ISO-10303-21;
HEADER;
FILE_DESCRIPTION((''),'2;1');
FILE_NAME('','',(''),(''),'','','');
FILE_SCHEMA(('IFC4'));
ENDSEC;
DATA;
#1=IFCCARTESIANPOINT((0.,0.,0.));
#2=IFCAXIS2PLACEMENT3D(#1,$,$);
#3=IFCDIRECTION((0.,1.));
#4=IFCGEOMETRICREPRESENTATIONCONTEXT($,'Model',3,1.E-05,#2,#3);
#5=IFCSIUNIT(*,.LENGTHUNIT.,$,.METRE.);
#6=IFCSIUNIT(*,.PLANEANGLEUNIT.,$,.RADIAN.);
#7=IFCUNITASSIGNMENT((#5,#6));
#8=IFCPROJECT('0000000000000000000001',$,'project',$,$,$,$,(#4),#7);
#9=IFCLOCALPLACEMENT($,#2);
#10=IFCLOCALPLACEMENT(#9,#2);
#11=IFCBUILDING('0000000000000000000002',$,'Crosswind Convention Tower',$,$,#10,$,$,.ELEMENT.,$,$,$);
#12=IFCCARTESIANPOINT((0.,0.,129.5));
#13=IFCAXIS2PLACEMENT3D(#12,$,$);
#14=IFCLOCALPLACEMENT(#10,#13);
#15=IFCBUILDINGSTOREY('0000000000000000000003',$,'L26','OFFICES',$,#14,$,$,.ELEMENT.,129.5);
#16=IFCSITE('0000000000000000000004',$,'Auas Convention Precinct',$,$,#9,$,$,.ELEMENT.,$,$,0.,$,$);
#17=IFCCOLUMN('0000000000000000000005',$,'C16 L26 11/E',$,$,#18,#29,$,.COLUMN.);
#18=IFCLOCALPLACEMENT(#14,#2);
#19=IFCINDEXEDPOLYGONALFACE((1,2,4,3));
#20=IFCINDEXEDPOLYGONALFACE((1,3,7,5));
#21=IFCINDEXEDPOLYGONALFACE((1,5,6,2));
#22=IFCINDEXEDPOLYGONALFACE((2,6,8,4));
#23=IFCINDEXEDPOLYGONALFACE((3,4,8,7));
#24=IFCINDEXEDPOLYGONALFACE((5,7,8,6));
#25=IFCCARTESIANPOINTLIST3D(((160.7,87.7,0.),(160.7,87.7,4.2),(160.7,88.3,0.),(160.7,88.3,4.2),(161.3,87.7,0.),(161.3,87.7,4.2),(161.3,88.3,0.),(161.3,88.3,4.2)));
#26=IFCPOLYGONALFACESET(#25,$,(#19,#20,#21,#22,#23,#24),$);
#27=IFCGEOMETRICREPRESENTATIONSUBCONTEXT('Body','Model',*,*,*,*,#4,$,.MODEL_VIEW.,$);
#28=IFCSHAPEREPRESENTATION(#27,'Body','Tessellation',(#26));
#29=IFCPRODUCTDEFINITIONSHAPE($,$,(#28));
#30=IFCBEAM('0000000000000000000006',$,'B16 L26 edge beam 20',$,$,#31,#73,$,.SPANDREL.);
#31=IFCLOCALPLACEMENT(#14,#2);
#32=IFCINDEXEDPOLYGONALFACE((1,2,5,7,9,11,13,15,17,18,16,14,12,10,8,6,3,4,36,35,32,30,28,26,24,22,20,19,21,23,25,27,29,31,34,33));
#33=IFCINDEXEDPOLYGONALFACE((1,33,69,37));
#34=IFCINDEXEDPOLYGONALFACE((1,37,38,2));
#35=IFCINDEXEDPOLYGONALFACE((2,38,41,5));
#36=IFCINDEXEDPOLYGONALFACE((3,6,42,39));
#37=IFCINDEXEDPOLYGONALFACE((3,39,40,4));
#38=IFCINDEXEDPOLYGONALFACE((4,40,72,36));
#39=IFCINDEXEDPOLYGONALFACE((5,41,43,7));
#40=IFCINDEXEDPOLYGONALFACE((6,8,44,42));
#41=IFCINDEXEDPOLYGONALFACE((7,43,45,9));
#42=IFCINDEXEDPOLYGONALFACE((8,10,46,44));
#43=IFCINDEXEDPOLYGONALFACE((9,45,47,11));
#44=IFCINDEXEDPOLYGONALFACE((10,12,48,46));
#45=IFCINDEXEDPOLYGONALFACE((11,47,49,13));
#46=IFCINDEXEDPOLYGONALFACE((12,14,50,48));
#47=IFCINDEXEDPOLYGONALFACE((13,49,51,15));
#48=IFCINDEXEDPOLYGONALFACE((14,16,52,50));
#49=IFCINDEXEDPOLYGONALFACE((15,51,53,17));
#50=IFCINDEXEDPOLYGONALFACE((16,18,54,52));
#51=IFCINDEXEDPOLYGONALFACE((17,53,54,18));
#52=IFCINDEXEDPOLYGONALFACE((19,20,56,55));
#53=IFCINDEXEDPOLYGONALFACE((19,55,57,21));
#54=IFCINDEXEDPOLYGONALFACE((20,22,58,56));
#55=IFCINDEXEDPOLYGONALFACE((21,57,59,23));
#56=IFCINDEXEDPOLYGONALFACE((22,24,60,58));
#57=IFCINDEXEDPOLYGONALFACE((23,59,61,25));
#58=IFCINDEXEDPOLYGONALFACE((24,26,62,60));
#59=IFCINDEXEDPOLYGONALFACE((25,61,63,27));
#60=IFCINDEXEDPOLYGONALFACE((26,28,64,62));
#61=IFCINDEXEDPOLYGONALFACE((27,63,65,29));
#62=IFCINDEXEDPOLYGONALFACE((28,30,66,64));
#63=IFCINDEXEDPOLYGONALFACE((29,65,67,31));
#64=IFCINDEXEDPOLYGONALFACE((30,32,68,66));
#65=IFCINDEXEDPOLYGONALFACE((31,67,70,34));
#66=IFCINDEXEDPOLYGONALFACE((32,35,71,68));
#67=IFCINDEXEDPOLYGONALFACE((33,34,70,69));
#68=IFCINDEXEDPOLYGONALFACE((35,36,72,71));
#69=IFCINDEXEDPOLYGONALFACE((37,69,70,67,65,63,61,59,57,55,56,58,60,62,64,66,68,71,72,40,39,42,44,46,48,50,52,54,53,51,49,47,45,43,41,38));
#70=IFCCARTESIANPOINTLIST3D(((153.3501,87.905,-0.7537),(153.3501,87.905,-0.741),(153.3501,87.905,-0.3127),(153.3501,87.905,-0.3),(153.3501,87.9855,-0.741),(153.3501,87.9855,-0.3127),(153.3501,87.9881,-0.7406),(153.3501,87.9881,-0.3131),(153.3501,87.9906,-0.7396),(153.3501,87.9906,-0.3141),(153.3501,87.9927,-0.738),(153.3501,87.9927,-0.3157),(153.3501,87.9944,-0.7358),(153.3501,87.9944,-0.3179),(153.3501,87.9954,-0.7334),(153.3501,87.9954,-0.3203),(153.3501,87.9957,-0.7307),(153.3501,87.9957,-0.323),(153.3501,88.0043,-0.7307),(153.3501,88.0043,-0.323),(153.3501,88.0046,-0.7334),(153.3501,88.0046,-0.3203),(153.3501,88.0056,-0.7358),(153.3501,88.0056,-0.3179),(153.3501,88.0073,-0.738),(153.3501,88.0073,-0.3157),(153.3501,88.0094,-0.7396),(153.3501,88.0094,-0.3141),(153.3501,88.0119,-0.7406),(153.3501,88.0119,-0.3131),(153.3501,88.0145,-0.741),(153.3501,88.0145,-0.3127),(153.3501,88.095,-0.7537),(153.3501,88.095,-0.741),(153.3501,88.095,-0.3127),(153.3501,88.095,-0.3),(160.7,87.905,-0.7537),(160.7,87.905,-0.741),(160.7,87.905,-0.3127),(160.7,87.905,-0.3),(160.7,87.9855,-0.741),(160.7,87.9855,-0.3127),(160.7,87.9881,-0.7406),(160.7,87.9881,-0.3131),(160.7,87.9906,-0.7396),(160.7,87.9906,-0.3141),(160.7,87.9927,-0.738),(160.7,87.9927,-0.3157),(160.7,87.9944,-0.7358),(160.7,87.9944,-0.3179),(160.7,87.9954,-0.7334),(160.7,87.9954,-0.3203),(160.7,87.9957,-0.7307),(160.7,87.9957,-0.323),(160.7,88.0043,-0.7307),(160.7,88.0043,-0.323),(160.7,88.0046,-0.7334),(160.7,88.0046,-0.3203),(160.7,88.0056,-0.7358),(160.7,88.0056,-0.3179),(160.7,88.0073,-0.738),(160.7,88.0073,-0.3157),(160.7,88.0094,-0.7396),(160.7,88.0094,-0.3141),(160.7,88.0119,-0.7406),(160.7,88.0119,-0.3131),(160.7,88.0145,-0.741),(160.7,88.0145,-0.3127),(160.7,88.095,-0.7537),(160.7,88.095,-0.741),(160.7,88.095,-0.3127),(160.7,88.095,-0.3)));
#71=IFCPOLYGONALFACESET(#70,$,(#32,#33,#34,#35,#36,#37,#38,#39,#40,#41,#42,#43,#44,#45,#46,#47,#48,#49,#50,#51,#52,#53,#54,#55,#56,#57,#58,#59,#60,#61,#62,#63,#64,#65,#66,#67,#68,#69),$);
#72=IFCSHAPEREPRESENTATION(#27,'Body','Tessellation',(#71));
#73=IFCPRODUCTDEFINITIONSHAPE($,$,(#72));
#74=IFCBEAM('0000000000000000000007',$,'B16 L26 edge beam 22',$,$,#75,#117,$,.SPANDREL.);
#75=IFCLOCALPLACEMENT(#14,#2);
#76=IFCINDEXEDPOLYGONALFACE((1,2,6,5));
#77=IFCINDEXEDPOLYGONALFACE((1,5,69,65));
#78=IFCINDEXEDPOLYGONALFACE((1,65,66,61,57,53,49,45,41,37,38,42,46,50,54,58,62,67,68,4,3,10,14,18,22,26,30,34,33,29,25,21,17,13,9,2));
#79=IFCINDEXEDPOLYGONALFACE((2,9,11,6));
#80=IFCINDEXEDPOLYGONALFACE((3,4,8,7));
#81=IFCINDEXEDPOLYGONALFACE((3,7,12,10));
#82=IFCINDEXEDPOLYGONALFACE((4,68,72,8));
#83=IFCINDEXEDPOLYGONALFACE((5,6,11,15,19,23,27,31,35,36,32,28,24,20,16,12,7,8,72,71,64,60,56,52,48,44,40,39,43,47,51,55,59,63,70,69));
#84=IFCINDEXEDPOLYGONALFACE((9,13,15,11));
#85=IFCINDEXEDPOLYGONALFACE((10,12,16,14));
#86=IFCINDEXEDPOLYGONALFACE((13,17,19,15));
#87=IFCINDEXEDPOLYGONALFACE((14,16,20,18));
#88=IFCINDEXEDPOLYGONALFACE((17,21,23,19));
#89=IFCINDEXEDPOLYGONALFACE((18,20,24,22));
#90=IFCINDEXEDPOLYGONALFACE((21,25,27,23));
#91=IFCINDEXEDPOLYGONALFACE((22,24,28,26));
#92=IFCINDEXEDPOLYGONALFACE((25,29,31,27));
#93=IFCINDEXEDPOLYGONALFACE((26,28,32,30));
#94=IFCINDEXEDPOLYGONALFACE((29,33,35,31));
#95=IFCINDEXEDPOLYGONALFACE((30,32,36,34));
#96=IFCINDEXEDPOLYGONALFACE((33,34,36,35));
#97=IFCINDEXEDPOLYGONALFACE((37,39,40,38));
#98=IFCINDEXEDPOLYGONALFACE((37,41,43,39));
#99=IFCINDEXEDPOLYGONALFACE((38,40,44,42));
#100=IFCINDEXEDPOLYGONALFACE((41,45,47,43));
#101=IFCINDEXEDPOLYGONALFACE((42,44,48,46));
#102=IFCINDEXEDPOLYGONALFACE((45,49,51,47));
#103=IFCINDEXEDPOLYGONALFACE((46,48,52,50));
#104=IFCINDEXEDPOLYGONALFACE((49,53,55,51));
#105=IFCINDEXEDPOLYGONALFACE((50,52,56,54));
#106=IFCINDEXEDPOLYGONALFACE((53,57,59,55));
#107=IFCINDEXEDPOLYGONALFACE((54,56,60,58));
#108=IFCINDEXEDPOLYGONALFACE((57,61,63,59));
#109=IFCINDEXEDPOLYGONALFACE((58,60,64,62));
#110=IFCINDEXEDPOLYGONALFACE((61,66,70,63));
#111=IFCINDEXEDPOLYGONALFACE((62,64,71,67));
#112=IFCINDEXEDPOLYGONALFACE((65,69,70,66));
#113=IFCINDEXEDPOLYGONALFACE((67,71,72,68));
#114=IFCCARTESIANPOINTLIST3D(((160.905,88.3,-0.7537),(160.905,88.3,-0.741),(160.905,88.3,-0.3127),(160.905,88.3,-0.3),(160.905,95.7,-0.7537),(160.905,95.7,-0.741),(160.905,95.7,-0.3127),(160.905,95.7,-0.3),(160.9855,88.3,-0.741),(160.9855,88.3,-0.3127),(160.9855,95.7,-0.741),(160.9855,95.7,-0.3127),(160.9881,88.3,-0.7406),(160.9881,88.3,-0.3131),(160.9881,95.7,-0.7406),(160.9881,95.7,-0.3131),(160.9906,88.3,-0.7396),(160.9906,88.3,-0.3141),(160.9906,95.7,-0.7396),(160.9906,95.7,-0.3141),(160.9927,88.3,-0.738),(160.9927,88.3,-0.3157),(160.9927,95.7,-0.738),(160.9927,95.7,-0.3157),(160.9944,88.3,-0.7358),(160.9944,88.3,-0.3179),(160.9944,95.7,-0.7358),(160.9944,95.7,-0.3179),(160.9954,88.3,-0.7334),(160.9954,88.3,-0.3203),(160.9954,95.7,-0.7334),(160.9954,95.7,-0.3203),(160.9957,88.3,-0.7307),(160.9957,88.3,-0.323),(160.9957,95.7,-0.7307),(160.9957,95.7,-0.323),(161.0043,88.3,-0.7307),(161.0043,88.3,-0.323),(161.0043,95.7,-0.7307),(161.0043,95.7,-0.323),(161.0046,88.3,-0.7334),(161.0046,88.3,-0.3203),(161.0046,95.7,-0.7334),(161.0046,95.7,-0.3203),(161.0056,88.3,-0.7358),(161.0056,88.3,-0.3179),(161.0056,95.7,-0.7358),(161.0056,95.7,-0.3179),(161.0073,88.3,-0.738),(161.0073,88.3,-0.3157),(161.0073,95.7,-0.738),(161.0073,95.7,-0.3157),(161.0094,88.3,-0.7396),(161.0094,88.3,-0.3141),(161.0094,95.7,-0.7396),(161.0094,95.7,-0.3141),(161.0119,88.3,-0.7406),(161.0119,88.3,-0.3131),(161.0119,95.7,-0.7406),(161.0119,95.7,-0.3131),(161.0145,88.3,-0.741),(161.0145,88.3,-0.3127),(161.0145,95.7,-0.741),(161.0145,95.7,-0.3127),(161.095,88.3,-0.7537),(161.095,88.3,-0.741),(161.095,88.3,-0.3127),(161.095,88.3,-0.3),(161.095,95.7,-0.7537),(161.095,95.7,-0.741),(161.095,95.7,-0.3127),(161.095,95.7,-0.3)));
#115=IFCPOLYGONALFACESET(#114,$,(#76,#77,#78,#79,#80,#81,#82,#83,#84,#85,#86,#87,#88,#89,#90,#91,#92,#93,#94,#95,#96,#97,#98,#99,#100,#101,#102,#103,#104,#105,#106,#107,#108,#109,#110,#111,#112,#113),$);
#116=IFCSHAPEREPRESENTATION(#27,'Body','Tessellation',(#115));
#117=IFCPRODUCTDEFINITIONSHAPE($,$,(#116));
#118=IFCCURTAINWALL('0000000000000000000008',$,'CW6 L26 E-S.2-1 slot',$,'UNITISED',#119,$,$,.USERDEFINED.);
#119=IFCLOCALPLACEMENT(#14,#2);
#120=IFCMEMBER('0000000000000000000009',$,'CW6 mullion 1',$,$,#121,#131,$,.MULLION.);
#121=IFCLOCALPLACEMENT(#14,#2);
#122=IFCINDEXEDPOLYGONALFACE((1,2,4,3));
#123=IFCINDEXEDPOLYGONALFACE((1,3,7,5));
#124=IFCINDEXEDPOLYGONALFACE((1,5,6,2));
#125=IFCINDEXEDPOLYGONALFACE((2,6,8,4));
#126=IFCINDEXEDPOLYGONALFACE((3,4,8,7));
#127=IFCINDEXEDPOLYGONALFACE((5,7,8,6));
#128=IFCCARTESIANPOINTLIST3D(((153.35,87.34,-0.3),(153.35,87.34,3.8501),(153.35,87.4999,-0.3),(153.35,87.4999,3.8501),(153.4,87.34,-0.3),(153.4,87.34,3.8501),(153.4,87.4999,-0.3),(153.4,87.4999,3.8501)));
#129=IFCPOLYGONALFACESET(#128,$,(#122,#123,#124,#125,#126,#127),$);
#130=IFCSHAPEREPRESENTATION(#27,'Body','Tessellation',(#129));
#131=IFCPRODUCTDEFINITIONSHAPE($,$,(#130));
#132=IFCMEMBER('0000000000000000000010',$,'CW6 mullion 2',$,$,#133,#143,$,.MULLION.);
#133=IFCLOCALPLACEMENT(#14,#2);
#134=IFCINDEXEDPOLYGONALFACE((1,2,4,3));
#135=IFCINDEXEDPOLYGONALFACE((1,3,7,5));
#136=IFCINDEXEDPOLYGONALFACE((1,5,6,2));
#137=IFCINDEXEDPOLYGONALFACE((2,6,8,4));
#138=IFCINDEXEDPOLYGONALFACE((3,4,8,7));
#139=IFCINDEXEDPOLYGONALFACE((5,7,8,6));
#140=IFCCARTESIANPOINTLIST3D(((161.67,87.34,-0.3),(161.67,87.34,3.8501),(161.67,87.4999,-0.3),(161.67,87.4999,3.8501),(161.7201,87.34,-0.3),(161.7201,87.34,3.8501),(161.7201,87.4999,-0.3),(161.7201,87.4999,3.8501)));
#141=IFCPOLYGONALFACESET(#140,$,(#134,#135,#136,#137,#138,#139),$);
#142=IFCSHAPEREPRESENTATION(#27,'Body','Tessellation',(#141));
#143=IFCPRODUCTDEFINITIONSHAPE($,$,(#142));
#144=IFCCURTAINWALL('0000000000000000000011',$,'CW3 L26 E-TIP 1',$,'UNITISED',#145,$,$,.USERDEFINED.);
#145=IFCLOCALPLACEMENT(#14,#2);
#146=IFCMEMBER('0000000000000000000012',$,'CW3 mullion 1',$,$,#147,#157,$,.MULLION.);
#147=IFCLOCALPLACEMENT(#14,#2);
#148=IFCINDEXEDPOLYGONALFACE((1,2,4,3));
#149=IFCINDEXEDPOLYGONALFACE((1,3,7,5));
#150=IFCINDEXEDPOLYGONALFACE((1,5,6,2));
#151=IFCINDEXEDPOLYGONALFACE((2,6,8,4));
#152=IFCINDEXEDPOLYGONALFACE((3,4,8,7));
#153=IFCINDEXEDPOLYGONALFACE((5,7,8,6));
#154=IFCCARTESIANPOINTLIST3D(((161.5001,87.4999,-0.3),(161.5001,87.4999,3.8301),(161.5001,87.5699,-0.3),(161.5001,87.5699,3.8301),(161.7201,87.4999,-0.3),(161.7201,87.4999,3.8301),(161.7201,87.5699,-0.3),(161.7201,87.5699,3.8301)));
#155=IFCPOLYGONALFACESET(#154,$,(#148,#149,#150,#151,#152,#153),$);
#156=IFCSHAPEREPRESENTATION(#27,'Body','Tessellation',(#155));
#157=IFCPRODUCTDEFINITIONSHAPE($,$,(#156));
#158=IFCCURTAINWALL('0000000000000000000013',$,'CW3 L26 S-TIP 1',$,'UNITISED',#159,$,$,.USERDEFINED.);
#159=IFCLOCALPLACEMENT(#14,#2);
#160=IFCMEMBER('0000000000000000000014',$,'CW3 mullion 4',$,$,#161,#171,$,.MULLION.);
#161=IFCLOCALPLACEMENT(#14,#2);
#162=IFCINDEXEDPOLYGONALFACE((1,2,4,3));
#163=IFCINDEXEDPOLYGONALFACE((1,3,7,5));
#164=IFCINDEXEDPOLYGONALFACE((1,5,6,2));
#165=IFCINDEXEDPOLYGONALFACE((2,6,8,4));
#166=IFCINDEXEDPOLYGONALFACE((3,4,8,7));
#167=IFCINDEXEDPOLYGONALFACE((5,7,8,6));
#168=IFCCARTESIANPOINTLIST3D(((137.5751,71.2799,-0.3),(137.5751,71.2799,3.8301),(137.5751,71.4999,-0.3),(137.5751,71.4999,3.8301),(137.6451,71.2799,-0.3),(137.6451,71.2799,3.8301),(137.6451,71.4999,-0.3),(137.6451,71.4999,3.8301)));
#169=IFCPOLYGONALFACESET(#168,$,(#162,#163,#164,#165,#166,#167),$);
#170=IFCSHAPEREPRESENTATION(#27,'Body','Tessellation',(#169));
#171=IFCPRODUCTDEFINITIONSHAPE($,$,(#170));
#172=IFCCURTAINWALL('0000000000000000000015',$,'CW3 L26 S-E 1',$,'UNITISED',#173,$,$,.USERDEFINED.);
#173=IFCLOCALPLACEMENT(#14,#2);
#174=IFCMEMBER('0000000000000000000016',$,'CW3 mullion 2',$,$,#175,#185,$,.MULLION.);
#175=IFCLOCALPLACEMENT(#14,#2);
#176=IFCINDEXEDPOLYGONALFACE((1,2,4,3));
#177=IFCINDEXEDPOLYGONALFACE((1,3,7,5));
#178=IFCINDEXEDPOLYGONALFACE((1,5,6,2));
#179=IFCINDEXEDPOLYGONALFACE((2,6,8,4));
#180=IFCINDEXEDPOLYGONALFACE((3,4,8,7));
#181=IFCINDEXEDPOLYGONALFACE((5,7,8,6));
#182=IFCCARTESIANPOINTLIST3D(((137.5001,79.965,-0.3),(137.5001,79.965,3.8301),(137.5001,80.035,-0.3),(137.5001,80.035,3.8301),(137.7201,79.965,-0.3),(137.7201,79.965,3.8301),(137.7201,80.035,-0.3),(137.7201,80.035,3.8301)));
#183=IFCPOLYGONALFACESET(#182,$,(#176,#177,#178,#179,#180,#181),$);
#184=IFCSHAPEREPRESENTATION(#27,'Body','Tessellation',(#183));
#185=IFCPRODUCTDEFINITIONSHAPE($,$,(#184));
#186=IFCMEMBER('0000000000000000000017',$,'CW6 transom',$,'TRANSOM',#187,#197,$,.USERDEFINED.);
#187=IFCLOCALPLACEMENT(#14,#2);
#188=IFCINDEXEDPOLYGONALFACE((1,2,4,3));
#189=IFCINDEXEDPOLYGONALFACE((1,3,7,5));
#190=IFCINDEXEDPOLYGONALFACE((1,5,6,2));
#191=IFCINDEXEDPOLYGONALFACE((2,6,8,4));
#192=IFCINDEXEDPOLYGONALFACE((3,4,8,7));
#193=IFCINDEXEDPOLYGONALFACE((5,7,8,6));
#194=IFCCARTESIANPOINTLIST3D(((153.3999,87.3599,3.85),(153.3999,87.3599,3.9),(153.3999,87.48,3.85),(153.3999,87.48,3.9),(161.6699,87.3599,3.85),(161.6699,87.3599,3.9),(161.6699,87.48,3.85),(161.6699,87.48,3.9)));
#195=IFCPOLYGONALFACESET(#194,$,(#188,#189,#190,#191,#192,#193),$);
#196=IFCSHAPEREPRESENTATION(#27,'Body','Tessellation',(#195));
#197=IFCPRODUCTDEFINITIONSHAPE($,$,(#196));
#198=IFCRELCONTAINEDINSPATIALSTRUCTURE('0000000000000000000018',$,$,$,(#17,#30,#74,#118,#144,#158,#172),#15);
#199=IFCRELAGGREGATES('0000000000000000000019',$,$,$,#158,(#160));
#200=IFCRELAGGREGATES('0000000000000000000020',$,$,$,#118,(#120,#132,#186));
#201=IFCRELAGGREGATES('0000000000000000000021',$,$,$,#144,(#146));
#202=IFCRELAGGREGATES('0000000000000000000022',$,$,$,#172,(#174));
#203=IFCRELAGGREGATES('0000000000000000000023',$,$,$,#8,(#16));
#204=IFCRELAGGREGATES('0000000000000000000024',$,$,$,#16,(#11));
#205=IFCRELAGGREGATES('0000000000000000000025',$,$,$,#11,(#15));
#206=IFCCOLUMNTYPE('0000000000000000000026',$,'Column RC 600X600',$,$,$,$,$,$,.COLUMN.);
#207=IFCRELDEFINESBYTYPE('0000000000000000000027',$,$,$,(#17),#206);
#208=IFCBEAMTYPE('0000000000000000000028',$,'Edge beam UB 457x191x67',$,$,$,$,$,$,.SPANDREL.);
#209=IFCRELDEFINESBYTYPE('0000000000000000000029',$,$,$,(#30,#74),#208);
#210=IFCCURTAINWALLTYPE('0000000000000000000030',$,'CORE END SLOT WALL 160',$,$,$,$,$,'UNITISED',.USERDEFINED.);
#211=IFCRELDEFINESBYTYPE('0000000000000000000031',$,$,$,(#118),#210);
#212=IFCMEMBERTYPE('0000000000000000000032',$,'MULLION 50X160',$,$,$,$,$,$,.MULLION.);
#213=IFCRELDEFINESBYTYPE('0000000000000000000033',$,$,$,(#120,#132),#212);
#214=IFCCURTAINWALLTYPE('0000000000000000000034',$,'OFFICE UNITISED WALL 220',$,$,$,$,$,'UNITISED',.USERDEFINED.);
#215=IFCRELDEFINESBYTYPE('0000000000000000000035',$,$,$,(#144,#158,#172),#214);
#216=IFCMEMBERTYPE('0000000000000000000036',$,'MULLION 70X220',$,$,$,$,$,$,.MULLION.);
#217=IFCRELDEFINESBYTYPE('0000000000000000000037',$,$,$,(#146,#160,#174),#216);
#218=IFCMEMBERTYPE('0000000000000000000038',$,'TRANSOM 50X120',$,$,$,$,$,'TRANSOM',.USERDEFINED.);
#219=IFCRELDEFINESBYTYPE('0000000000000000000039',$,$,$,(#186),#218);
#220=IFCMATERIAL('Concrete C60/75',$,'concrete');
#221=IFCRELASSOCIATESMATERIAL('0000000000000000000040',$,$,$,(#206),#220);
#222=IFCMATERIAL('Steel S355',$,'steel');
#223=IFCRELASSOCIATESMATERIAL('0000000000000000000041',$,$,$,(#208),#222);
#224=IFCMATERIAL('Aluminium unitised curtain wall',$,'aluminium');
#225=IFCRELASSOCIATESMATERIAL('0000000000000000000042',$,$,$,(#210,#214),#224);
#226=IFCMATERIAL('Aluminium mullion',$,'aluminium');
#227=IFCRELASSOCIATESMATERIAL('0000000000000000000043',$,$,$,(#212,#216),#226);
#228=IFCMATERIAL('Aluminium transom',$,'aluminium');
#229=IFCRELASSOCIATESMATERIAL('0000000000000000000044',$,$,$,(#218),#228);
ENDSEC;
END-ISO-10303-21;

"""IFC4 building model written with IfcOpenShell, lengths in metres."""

from ifc_helpers import new_model, si_unit, direction, frame, origin, origin_2d, place, context, subcontext, project, spatial, rectangle, i_section, extrude, material, material_profile, profile_set, type_object, element, aggregate, save


model = new_model("IFC4")

# Units and contexts
model_context = context("Model", 3, precision=1e-05, world=origin(), true_north=direction((0.0, 1.0)))
body_context = subcontext(model_context, "Body", "Model", "MODEL_VIEW")
ifc_project = project(units=[si_unit("LENGTHUNIT", "METRE"), si_unit("PLANEANGLEUNIT", "RADIAN")], contexts=[model_context])

# Site, building, storey
site_placement = place(None, origin())
site = spatial("IfcSite", under=ifc_project, at=site_placement, Name="Auas Convention Precinct", CompositionType="ELEMENT", RefElevation=0.0)
building_placement = place(site_placement, origin())
building = spatial("IfcBuilding", under=site, at=building_placement, Name="Crosswind Convention Tower", CompositionType="ELEMENT")
storey_placement = place(building_placement, frame((0.0, 0.0, 129.5)))
storey = spatial("IfcBuildingStorey", under=building, at=storey_placement, Name="L26", Description="OFFICES", CompositionType="ELEMENT", Elevation=129.5)

# Column
ifc_material_1 = material(Name="Concrete C60/75", Category="concrete")
ifc_material_profile_1 = material_profile(ifc_material_1, rectangle(XDim=0.6001, YDim=0.6001, at=origin_2d()), Name="RC 600X600")
ifc_profile_set_1 = profile_set([ifc_material_profile_1], Name="Concrete C60/75")
column_type = type_object("IfcColumnType", Name="Column RC 600X600", PredefinedType="COLUMN", material=ifc_profile_set_1)
column_placement = place(storey_placement, frame((161.0, 88.0, 0.0), z_axis=(0.0, 0.0, 1.0), x_axis=(1.0, 0.0, 0.0)))
element("IfcColumn", 1, at=column_placement, inside=storey, type_object=column_type, Name="C16 L26 11/E", PredefinedType="COLUMN", context=body_context, shape_type="SweptSolid", body=[
    extrude(rectangle(XDim=0.6001, YDim=0.6001, at=origin_2d()), origin(), (0.0, 0.0, 1.0), 4.2),
])

# Beams
ifc_material_2 = material(Name="Steel S355", Category="steel")
ifc_material_profile_2 = material_profile(ifc_material_2, i_section(OverallWidth=0.1899, OverallDepth=0.4536, WebThickness=0.0085, FlangeThickness=0.0127, FilletRadius=0.0103, at=origin_2d()), Name="UB 457x191x67")
ifc_profile_set_2 = profile_set([ifc_material_profile_2], Name="Steel S355")
beam_type = type_object("IfcBeamType", Name="Edge beam UB 457x191x67", PredefinedType="SPANDREL", material=ifc_profile_set_2)
beam_1_placement = place(storey_placement, frame((153.3501, 88.0, -0.5269), z_axis=(1.0, 0.0, 0.0), x_axis=(0.0, 1.0, 0.0)))
element("IfcBeam", 2, at=beam_1_placement, inside=storey, type_object=beam_type, Name="B16 L26 edge beam 20", PredefinedType="SPANDREL", context=body_context, shape_type="SweptSolid", body=[
    extrude(i_section(OverallWidth=0.1899, OverallDepth=0.4536, WebThickness=0.0085, FlangeThickness=0.0127, FilletRadius=0.0103, at=origin_2d()), origin(), (0.0, 0.0, 1.0), 7.3499),
])
beam_2_placement = place(storey_placement, frame((161.0, 88.3, -0.5269), z_axis=(0.0, 1.0, 0.0), x_axis=(-1.0, 0.0, 0.0)))
element("IfcBeam", 3, at=beam_2_placement, inside=storey, type_object=beam_type, Name="B16 L26 edge beam 22", PredefinedType="SPANDREL", context=body_context, shape_type="SweptSolid", body=[
    extrude(i_section(OverallWidth=0.1899, OverallDepth=0.4536, WebThickness=0.0085, FlangeThickness=0.0127, FilletRadius=0.0103, at=origin_2d()), origin(), (0.0, 0.0, 1.0), 7.3999),
])

# Curtain wall, members
ifc_material_3 = material(Name="Aluminium unitised curtain wall", Category="aluminium")
curtain_wall_type_1 = type_object("IfcCurtainWallType", Name="CORE END SLOT WALL 160", ElementType="UNITISED", PredefinedType="USERDEFINED", material=ifc_material_3)
curtain_wall_1_placement = place(storey_placement, origin())
curtain_wall_1 = element("IfcCurtainWall", 4, at=curtain_wall_1_placement, inside=storey, type_object=curtain_wall_type_1, Name="CW6 L26 E-S.2-1 slot", ObjectType="UNITISED", PredefinedType="USERDEFINED")
ifc_material_4 = material(Name="Aluminium mullion", Category="aluminium")
ifc_material_profile_3 = material_profile(ifc_material_4, rectangle(XDim=0.1599, YDim=0.05, at=origin_2d()), Name="AL 160X50")
ifc_profile_set_3 = profile_set([ifc_material_profile_3], Name="Aluminium mullion")
member_type_1 = type_object("IfcMemberType", Name="MULLION 50X160", PredefinedType="MULLION", material=ifc_profile_set_3)
member_1_placement = place(storey_placement, frame((153.375, 87.4199, -0.3), z_axis=(0.0, 0.0, 1.0), x_axis=(0.0, -1.0, 0.0)))
member_1 = element("IfcMember", 5, at=member_1_placement, type_object=member_type_1, Name="CW6 mullion 1", PredefinedType="MULLION", context=body_context, shape_type="SweptSolid", body=[
    extrude(rectangle(XDim=0.1599, YDim=0.05, at=origin_2d()), origin(), (0.0, 0.0, 1.0), 4.1501),
])
member_2_placement = place(storey_placement, frame((161.6951, 87.4199, -0.3), z_axis=(0.0, 0.0, 1.0), x_axis=(0.0, -1.0, 0.0)))
member_2 = element("IfcMember", 6, at=member_2_placement, type_object=member_type_1, Name="CW6 mullion 2", PredefinedType="MULLION", context=body_context, shape_type="SweptSolid", body=[
    extrude(rectangle(XDim=0.1599, YDim=0.05, at=origin_2d()), origin(), (0.0, 0.0, 1.0), 4.1501),
])

# Curtain walls, members
curtain_wall_type_2 = type_object("IfcCurtainWallType", Name="OFFICE UNITISED WALL 220", ElementType="UNITISED", PredefinedType="USERDEFINED", material=ifc_material_3)
curtain_wall_2_placement = place(storey_placement, origin())
curtain_wall_2 = element("IfcCurtainWall", 7, at=curtain_wall_2_placement, inside=storey, type_object=curtain_wall_type_2, Name="CW3 L26 E-TIP 1", ObjectType="UNITISED", PredefinedType="USERDEFINED")
ifc_material_profile_4 = material_profile(ifc_material_4, rectangle(XDim=0.22, YDim=0.0701, at=origin_2d()), Name="AL 220X70")
ifc_profile_set_4 = profile_set([ifc_material_profile_4], Name="Aluminium mullion")
member_type_2 = type_object("IfcMemberType", Name="MULLION 70X220", PredefinedType="MULLION", material=ifc_profile_set_4)
member_3_placement = place(storey_placement, frame((161.6101, 87.5349, -0.3), z_axis=(0.0, 0.0, 1.0), x_axis=(1.0, 0.0, 0.0)))
member_3 = element("IfcMember", 8, at=member_3_placement, type_object=member_type_2, Name="CW3 mullion 1", PredefinedType="MULLION", context=body_context, shape_type="SweptSolid", body=[
    extrude(rectangle(XDim=0.22, YDim=0.0701, at=origin_2d()), origin(), (0.0, 0.0, 1.0), 4.1301),
])
curtain_wall_3_placement = place(storey_placement, origin())
curtain_wall_3 = element("IfcCurtainWall", 9, at=curtain_wall_3_placement, inside=storey, type_object=curtain_wall_type_2, Name="CW3 L26 S-TIP 1", ObjectType="UNITISED", PredefinedType="USERDEFINED")
member_4_placement = place(storey_placement, frame((137.6101, 71.3899, -0.3), z_axis=(0.0, 0.0, 1.0), x_axis=(0.0, -1.0, 0.0)))
member_4 = element("IfcMember", 10, at=member_4_placement, type_object=member_type_2, Name="CW3 mullion 4", PredefinedType="MULLION", context=body_context, shape_type="SweptSolid", body=[
    extrude(rectangle(XDim=0.22, YDim=0.0701, at=origin_2d()), origin(), (0.0, 0.0, 1.0), 4.1301),
])
aggregate(curtain_wall_3, [member_4])
curtain_wall_4_placement = place(storey_placement, origin())
curtain_wall_4 = element("IfcCurtainWall", 11, at=curtain_wall_4_placement, inside=storey, type_object=curtain_wall_type_2, Name="CW3 L26 S-E 1", ObjectType="UNITISED", PredefinedType="USERDEFINED")
member_5_placement = place(storey_placement, frame((137.6101, 80.0, -0.3), z_axis=(0.0, 0.0, 1.0), x_axis=(1.0, 0.0, 0.0)))
member_5 = element("IfcMember", 12, at=member_5_placement, type_object=member_type_2, Name="CW3 mullion 2", PredefinedType="MULLION", context=body_context, shape_type="SweptSolid", body=[
    extrude(rectangle(XDim=0.22, YDim=0.0701, at=origin_2d()), origin(), (0.0, 0.0, 1.0), 4.1301),
])

# Member
ifc_material_5 = material(Name="Aluminium transom", Category="aluminium")
ifc_material_profile_5 = material_profile(ifc_material_5, rectangle(XDim=0.1201, YDim=0.05, at=origin_2d()), Name="AL 120X50")
ifc_profile_set_5 = profile_set([ifc_material_profile_5], Name="Aluminium transom")
member_type_3 = type_object("IfcMemberType", Name="TRANSOM 50X120", ElementType="TRANSOM", PredefinedType="USERDEFINED", material=ifc_profile_set_5)
member_6_placement = place(storey_placement, frame((153.3999, 87.4199, 3.875), z_axis=(1.0, 0.0, 0.0), x_axis=(0.0, 1.0, 0.0)))
member_6 = element("IfcMember", 13, at=member_6_placement, type_object=member_type_3, Name="CW6 transom", ObjectType="TRANSOM", PredefinedType="USERDEFINED", context=body_context, shape_type="SweptSolid", body=[
    extrude(rectangle(XDim=0.1201, YDim=0.05, at=origin_2d()), origin(), (0.0, 0.0, 1.0), 8.27),
])

aggregate(curtain_wall_1, [member_1, member_2, member_6])

aggregate(curtain_wall_2, [member_3])
aggregate(curtain_wall_4, [member_5])

save(model, "model.ifc")
